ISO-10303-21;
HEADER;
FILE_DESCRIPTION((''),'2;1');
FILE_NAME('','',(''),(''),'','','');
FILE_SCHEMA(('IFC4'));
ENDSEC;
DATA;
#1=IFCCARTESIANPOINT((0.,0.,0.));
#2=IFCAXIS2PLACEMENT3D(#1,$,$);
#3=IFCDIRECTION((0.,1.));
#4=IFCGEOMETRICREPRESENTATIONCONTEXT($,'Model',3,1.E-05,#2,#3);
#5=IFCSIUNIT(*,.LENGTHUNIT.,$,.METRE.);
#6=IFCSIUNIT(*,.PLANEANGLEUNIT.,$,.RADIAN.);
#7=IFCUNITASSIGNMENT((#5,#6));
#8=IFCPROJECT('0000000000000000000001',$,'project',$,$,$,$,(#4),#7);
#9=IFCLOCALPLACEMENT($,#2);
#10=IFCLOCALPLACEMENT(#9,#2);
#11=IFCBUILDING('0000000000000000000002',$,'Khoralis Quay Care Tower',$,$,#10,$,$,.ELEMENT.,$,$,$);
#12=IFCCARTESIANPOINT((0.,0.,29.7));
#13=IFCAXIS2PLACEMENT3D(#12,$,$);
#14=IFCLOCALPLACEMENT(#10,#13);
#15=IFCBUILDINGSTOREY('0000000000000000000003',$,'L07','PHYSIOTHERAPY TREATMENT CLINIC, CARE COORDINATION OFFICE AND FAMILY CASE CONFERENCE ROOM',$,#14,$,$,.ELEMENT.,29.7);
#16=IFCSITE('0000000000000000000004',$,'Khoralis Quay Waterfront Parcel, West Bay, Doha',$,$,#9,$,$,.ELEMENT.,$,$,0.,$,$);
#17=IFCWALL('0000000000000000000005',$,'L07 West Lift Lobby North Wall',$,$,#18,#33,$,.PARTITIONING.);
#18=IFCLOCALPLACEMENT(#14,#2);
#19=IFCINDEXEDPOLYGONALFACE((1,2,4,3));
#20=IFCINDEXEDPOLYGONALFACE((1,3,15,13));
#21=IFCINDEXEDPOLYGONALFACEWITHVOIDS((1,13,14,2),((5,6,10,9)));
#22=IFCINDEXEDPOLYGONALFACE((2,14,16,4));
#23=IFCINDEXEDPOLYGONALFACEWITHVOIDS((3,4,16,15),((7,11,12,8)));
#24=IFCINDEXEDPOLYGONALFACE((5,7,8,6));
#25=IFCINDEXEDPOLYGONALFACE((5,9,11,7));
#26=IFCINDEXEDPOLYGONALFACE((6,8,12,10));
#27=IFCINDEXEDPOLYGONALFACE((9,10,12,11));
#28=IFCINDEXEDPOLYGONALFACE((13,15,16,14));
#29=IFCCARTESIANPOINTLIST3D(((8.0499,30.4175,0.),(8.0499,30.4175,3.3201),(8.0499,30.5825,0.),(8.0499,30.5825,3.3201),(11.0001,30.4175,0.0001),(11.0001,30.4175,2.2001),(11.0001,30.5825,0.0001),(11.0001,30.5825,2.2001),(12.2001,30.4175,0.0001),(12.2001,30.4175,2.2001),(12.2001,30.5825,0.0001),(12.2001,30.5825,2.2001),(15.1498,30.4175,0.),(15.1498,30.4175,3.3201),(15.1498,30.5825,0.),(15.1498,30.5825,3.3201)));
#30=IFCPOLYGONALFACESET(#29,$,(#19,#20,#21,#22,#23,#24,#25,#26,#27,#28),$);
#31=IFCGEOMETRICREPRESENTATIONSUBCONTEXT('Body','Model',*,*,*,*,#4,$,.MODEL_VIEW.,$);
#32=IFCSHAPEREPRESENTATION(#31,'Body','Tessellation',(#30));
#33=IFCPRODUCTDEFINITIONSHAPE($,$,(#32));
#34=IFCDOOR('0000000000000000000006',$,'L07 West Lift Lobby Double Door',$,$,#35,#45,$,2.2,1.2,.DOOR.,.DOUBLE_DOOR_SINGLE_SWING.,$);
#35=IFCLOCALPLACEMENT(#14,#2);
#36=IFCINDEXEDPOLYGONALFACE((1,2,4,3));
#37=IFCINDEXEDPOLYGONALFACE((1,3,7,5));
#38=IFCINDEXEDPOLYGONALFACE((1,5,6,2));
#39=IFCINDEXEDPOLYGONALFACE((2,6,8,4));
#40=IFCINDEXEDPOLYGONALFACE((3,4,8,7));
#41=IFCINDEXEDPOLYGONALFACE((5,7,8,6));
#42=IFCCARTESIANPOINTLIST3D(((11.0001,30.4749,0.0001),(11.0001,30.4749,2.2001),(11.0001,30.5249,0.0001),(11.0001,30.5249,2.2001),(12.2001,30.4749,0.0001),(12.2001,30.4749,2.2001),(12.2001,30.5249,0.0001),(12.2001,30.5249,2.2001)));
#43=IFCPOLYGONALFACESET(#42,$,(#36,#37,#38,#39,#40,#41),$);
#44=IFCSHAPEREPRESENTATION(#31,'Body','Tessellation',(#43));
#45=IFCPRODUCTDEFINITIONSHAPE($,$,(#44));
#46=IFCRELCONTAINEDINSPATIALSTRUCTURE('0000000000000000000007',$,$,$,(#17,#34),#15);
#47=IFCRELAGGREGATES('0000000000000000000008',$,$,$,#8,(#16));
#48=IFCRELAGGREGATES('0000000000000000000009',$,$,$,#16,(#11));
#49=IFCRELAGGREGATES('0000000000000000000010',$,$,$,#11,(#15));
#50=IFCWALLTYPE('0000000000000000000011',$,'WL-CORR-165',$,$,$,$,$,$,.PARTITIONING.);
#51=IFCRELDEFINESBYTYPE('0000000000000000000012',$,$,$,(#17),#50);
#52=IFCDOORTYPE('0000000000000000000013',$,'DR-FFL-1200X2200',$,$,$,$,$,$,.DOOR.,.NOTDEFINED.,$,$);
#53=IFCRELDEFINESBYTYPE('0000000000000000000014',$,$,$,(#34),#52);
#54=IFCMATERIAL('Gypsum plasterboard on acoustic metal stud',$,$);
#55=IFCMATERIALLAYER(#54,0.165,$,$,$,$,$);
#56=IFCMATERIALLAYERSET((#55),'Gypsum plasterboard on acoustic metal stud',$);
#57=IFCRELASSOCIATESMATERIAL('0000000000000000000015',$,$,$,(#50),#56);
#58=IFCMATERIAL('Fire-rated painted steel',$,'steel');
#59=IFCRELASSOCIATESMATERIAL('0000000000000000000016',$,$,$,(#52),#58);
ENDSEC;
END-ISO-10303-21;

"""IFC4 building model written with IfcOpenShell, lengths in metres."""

from ifc_helpers import new_model, si_unit, direction, frame, frame_2d, origin, place, context, subcontext, project, spatial, rectangle, extrude, source, transform, mapped, material, layer, layer_set, type_object, element, fill, save


model = new_model("IFC4")

# Units and contexts
model_context = context("Model", 3, precision=1e-05, world=origin(), true_north=direction((0.0, 1.0)))
body_context = subcontext(model_context, "Body", "Model", "MODEL_VIEW")
ifc_project = project(units=[si_unit("LENGTHUNIT", "METRE"), si_unit("PLANEANGLEUNIT", "RADIAN")], contexts=[model_context])

# Site, building, storey
site_placement = place(None, origin())
site = spatial("IfcSite", under=ifc_project, at=site_placement, Name="Khoralis Quay Waterfront Parcel, West Bay, Doha", CompositionType="ELEMENT", RefElevation=0.0)
building_placement = place(site_placement, origin())
building = spatial("IfcBuilding", under=site, at=building_placement, Name="Khoralis Quay Care Tower", CompositionType="ELEMENT")
storey_placement = place(building_placement, frame((0.0, 0.0, 29.7)))
storey = spatial("IfcBuildingStorey", under=building, at=storey_placement, Name="L07", Description="PHYSIOTHERAPY TREATMENT CLINIC, CARE COORDINATION OFFICE AND FAMILY CASE CONFERENCE ROOM", CompositionType="ELEMENT", Elevation=29.7)

# Wall, opening, door
ifc_material_1 = material(Name="Gypsum plasterboard on acoustic metal stud")
ifc_layer_1 = layer(ifc_material_1, 0.165)
ifc_layer_set_1 = layer_set([ifc_layer_1], Name="Gypsum plasterboard on acoustic metal stud")
wall_type_1 = type_object("IfcWallType", Name="WL-CORR-165", PredefinedType="PARTITIONING", material=ifc_layer_set_1)
wall_1_placement = place(storey_placement, frame((8.05, 30.5, 0.0), z_axis=(0.0, 0.0, 1.0), x_axis=(1.0, 0.0, 0.0)))
wall_1 = element("IfcWall", 1, at=wall_1_placement, inside=storey, type_object=wall_type_1, Name="L07 West Lift Lobby North Wall", PredefinedType="PARTITIONING", context=body_context, shape_type="SweptSolid", body=[
    extrude(rectangle(XDim=7.0999, YDim=0.165, at=frame_2d((3.5498, 0.0))), origin(), (0.0, 0.0, 1.0), 3.3201),
])
opening_1_placement = place(wall_1_placement, frame((2.95, 0.0, 0.0)))
opening_1 = element("IfcOpeningElement", 2, at=opening_1_placement, cuts=wall_1, PredefinedType="OPENING", context=body_context, shape_type="SweptSolid", body=[
    extrude(rectangle(XDim=1.2, YDim=2.2, at=frame_2d((0.6001, 1.1001))), frame((0.0, 0.0925, 0.0), z_axis=(0.0, -1.0, 0.0), x_axis=(1.0, 0.0, 0.0)), (0.0, 0.0, 1.0), 0.1851),
])
ifc_material_2 = material(Name="Fire-rated painted steel", Category="steel")
door_type_1 = type_object("IfcDoorType", Name="DR-FFL-1200X2200", OperationType="NOTDEFINED", PredefinedType="DOOR", material=ifc_material_2)
shared_shape_1 = source(origin(), body_context, "Body", "SweptSolid", [
    extrude(rectangle(XDim=1.2, YDim=2.2, at=frame_2d((0.6001, 1.1001))), frame((0.0, 0.0249, 0.0), z_axis=(0.0, -1.0, 0.0), x_axis=(1.0, 0.0, 0.0)), (0.0, 0.0, 1.0), 0.05),
])
door_1_placement = place(opening_1_placement, origin())
door_1 = element("IfcDoor", 3, at=door_1_placement, inside=storey, type_object=door_type_1, Name="L07 West Lift Lobby Double Door", OperationType="DOUBLE_DOOR_SINGLE_SWING", OverallHeight=2.2, OverallWidth=1.2, PredefinedType="DOOR", context=body_context, shape_type="MappedRepresentation", body=[
    mapped(shared_shape_1, transform((0.0, 0.0, 0.0), scale=1.0)),
])
fill(opening_1, door_1)

save(model, "model.ifc")
